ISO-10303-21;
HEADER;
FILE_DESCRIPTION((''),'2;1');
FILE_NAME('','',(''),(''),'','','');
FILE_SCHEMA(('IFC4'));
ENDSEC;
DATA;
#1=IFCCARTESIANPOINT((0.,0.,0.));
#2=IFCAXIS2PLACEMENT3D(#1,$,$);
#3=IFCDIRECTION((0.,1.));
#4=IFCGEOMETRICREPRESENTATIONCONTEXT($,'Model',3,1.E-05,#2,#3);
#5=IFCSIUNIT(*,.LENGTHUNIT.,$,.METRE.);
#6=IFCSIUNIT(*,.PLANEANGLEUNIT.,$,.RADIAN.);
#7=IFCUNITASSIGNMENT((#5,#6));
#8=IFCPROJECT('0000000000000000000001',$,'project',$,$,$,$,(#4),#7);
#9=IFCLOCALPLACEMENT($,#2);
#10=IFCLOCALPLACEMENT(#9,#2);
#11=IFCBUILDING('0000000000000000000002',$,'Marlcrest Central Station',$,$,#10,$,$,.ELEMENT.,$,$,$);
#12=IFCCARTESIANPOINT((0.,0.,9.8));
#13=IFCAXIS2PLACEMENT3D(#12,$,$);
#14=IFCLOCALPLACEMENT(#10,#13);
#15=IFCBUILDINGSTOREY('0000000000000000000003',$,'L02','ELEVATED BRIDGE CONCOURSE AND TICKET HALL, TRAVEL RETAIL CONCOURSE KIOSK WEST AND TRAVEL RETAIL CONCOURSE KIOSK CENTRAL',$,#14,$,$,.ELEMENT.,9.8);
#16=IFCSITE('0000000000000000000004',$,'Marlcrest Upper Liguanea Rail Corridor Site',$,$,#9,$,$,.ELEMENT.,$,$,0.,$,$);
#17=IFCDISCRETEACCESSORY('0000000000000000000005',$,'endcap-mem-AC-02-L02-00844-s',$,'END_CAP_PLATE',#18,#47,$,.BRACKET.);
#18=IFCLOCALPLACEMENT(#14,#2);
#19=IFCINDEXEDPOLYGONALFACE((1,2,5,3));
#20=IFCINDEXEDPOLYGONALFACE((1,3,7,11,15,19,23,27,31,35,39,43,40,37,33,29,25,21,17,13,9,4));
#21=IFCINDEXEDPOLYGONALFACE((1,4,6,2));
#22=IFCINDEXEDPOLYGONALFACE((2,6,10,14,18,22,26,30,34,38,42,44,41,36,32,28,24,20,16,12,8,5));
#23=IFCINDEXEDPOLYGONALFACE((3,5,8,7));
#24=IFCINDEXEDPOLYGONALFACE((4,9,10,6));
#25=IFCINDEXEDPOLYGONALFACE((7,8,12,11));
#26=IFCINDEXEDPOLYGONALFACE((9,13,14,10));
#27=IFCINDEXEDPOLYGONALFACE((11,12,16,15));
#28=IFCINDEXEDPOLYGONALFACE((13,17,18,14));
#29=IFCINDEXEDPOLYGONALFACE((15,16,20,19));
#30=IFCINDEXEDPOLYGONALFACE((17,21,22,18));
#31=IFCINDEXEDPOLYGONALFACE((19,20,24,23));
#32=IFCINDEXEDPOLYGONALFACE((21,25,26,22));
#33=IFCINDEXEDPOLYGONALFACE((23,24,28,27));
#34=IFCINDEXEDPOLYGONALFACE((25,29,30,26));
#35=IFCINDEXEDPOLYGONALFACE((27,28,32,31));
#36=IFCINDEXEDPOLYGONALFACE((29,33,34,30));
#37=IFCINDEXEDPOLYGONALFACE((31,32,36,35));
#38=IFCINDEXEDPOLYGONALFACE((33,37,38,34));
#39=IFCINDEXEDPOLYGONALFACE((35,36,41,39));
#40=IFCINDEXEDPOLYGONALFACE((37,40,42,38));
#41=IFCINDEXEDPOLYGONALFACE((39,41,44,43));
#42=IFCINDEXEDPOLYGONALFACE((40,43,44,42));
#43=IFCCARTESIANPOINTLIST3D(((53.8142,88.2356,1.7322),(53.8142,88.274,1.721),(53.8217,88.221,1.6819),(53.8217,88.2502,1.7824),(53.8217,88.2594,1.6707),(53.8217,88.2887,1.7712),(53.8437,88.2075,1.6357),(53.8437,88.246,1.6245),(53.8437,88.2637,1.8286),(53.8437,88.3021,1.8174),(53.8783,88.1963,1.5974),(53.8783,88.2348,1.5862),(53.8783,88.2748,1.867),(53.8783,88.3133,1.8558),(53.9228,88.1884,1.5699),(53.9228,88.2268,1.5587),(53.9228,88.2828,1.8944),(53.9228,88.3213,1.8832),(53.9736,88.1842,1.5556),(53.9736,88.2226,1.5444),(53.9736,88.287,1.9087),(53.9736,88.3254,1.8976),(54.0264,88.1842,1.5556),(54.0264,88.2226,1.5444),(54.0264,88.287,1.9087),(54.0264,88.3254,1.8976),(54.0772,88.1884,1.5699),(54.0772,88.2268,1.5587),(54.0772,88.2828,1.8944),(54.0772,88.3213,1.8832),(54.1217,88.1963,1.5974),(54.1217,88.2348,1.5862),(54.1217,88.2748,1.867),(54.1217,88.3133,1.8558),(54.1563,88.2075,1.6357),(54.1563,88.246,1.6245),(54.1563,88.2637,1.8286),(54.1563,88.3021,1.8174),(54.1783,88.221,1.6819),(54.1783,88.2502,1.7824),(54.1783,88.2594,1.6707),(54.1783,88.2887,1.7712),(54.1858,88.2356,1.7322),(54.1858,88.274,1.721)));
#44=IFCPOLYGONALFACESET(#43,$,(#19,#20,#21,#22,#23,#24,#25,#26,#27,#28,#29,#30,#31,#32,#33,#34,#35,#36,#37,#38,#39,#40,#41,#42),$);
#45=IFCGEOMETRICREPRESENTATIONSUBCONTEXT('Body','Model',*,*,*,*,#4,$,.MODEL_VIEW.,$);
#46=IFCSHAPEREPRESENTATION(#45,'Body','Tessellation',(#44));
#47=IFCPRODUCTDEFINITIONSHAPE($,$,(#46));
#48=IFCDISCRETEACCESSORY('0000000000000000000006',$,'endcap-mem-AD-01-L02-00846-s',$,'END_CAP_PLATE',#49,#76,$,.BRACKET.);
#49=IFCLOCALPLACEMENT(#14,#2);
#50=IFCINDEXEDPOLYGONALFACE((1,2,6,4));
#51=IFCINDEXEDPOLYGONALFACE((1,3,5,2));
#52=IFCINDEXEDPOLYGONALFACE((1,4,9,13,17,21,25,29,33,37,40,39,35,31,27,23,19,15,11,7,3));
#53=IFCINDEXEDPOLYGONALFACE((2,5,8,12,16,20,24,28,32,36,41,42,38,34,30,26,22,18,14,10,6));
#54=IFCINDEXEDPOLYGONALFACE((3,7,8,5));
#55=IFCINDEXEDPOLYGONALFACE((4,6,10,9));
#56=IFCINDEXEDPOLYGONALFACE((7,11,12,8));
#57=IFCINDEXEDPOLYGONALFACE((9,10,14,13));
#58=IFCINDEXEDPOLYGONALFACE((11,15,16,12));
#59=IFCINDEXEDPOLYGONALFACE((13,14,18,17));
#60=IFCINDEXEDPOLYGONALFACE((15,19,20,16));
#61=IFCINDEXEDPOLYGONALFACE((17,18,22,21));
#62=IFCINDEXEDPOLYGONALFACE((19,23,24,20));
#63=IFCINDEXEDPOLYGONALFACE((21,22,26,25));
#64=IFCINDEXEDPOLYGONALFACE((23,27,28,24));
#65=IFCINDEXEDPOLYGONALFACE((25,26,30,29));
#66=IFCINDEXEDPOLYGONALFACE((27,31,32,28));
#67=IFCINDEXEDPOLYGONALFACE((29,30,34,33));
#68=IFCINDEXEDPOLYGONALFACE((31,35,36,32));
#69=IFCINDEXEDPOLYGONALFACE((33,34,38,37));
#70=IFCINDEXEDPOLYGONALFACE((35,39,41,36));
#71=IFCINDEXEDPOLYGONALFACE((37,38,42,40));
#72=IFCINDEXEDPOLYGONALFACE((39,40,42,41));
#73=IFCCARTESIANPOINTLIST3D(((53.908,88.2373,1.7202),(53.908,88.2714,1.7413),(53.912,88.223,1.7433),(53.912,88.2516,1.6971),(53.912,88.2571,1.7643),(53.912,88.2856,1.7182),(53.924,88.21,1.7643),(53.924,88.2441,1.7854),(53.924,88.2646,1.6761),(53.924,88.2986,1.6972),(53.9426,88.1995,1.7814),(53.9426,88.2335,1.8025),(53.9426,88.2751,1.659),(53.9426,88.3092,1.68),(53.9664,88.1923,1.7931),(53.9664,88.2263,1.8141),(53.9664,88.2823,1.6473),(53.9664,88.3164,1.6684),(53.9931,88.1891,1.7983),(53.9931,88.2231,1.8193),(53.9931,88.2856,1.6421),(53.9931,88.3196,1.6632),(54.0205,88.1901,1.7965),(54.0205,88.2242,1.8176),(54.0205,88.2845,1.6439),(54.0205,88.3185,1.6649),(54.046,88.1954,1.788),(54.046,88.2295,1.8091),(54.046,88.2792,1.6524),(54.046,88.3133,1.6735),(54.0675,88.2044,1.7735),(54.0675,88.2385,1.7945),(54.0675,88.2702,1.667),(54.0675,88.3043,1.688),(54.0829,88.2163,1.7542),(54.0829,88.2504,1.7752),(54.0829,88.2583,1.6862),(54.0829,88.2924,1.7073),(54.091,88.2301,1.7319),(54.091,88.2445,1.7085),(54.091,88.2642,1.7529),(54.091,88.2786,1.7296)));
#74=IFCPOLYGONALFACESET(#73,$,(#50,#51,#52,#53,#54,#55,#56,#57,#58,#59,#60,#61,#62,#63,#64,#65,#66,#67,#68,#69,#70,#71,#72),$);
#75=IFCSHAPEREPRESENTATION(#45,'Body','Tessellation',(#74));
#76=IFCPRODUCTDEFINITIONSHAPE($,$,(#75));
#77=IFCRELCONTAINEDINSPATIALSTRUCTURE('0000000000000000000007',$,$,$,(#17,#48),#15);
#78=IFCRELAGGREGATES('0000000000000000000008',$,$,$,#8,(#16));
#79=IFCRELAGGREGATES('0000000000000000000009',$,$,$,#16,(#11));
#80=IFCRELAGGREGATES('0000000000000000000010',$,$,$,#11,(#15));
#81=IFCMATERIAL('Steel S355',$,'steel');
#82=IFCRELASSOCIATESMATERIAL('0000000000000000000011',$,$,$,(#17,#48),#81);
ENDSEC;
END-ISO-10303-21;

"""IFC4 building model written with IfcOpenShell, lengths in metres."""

from ifc_helpers import new_model, si_unit, direction, frame, origin, origin_2d, place, context, subcontext, project, spatial, circle, extrude, material, element, save


model = new_model("IFC4")

# Units and contexts
model_context = context("Model", 3, precision=1e-05, world=origin(), true_north=direction((0.0, 1.0)))
body_context = subcontext(model_context, "Body", "Model", "MODEL_VIEW")
ifc_project = project(units=[si_unit("LENGTHUNIT", "METRE"), si_unit("PLANEANGLEUNIT", "RADIAN")], contexts=[model_context])

# Site, building, storey
site_placement = place(None, origin())
site = spatial("IfcSite", under=ifc_project, at=site_placement, Name="Marlcrest Upper Liguanea Rail Corridor Site", CompositionType="ELEMENT", RefElevation=0.0)
building_placement = place(site_placement, origin())
building = spatial("IfcBuilding", under=site, at=building_placement, Name="Marlcrest Central Station", CompositionType="ELEMENT")
storey_placement = place(building_placement, frame((0.0, 0.0, 9.8)))
storey = spatial("IfcBuildingStorey", under=building, at=storey_placement, Name="L02", Description="ELEVATED BRIDGE CONCOURSE AND TICKET HALL, TRAVEL RETAIL CONCOURSE KIOSK WEST AND TRAVEL RETAIL CONCOURSE KIOSK CENTRAL", CompositionType="ELEMENT", Elevation=9.8)

# Shared definitions
ifc_material_1 = material(Name="Steel S355", Category="steel")

# Discrete accessories
discrete_accessory_1_placement = place(storey_placement, frame((54.0, 88.2356, 1.7322), z_axis=(0.0, 0.96013, -0.279554), x_axis=(-1.0, 0.0, 0.0)))
element("IfcDiscreteAccessory", 1, at=discrete_accessory_1_placement, inside=storey, material=ifc_material_1, Name="endcap-mem-AC-02-L02-00844-s", ObjectType="END_CAP_PLATE", PredefinedType="BRACKET", context=body_context, shape_type="SweptSolid", body=[
    extrude(circle(Radius=0.1858, at=origin_2d()), origin(), (0.0, 0.0, 1.0), 0.04),
])
discrete_accessory_2_placement = place(storey_placement, frame((54.0, 88.2373, 1.7202), z_axis=(0.0, 0.850687, 0.525672), x_axis=(-1.0, 0.0, 0.0)))
element("IfcDiscreteAccessory", 2, at=discrete_accessory_2_placement, inside=storey, material=ifc_material_1, Name="endcap-mem-AD-01-L02-00846-s", ObjectType="END_CAP_PLATE", PredefinedType="BRACKET", context=body_context, shape_type="SweptSolid", body=[
    extrude(circle(Radius=0.092, at=origin_2d()), origin(), (0.0, 0.0, 1.0), 0.04),
])

save(model, "model.ifc")
